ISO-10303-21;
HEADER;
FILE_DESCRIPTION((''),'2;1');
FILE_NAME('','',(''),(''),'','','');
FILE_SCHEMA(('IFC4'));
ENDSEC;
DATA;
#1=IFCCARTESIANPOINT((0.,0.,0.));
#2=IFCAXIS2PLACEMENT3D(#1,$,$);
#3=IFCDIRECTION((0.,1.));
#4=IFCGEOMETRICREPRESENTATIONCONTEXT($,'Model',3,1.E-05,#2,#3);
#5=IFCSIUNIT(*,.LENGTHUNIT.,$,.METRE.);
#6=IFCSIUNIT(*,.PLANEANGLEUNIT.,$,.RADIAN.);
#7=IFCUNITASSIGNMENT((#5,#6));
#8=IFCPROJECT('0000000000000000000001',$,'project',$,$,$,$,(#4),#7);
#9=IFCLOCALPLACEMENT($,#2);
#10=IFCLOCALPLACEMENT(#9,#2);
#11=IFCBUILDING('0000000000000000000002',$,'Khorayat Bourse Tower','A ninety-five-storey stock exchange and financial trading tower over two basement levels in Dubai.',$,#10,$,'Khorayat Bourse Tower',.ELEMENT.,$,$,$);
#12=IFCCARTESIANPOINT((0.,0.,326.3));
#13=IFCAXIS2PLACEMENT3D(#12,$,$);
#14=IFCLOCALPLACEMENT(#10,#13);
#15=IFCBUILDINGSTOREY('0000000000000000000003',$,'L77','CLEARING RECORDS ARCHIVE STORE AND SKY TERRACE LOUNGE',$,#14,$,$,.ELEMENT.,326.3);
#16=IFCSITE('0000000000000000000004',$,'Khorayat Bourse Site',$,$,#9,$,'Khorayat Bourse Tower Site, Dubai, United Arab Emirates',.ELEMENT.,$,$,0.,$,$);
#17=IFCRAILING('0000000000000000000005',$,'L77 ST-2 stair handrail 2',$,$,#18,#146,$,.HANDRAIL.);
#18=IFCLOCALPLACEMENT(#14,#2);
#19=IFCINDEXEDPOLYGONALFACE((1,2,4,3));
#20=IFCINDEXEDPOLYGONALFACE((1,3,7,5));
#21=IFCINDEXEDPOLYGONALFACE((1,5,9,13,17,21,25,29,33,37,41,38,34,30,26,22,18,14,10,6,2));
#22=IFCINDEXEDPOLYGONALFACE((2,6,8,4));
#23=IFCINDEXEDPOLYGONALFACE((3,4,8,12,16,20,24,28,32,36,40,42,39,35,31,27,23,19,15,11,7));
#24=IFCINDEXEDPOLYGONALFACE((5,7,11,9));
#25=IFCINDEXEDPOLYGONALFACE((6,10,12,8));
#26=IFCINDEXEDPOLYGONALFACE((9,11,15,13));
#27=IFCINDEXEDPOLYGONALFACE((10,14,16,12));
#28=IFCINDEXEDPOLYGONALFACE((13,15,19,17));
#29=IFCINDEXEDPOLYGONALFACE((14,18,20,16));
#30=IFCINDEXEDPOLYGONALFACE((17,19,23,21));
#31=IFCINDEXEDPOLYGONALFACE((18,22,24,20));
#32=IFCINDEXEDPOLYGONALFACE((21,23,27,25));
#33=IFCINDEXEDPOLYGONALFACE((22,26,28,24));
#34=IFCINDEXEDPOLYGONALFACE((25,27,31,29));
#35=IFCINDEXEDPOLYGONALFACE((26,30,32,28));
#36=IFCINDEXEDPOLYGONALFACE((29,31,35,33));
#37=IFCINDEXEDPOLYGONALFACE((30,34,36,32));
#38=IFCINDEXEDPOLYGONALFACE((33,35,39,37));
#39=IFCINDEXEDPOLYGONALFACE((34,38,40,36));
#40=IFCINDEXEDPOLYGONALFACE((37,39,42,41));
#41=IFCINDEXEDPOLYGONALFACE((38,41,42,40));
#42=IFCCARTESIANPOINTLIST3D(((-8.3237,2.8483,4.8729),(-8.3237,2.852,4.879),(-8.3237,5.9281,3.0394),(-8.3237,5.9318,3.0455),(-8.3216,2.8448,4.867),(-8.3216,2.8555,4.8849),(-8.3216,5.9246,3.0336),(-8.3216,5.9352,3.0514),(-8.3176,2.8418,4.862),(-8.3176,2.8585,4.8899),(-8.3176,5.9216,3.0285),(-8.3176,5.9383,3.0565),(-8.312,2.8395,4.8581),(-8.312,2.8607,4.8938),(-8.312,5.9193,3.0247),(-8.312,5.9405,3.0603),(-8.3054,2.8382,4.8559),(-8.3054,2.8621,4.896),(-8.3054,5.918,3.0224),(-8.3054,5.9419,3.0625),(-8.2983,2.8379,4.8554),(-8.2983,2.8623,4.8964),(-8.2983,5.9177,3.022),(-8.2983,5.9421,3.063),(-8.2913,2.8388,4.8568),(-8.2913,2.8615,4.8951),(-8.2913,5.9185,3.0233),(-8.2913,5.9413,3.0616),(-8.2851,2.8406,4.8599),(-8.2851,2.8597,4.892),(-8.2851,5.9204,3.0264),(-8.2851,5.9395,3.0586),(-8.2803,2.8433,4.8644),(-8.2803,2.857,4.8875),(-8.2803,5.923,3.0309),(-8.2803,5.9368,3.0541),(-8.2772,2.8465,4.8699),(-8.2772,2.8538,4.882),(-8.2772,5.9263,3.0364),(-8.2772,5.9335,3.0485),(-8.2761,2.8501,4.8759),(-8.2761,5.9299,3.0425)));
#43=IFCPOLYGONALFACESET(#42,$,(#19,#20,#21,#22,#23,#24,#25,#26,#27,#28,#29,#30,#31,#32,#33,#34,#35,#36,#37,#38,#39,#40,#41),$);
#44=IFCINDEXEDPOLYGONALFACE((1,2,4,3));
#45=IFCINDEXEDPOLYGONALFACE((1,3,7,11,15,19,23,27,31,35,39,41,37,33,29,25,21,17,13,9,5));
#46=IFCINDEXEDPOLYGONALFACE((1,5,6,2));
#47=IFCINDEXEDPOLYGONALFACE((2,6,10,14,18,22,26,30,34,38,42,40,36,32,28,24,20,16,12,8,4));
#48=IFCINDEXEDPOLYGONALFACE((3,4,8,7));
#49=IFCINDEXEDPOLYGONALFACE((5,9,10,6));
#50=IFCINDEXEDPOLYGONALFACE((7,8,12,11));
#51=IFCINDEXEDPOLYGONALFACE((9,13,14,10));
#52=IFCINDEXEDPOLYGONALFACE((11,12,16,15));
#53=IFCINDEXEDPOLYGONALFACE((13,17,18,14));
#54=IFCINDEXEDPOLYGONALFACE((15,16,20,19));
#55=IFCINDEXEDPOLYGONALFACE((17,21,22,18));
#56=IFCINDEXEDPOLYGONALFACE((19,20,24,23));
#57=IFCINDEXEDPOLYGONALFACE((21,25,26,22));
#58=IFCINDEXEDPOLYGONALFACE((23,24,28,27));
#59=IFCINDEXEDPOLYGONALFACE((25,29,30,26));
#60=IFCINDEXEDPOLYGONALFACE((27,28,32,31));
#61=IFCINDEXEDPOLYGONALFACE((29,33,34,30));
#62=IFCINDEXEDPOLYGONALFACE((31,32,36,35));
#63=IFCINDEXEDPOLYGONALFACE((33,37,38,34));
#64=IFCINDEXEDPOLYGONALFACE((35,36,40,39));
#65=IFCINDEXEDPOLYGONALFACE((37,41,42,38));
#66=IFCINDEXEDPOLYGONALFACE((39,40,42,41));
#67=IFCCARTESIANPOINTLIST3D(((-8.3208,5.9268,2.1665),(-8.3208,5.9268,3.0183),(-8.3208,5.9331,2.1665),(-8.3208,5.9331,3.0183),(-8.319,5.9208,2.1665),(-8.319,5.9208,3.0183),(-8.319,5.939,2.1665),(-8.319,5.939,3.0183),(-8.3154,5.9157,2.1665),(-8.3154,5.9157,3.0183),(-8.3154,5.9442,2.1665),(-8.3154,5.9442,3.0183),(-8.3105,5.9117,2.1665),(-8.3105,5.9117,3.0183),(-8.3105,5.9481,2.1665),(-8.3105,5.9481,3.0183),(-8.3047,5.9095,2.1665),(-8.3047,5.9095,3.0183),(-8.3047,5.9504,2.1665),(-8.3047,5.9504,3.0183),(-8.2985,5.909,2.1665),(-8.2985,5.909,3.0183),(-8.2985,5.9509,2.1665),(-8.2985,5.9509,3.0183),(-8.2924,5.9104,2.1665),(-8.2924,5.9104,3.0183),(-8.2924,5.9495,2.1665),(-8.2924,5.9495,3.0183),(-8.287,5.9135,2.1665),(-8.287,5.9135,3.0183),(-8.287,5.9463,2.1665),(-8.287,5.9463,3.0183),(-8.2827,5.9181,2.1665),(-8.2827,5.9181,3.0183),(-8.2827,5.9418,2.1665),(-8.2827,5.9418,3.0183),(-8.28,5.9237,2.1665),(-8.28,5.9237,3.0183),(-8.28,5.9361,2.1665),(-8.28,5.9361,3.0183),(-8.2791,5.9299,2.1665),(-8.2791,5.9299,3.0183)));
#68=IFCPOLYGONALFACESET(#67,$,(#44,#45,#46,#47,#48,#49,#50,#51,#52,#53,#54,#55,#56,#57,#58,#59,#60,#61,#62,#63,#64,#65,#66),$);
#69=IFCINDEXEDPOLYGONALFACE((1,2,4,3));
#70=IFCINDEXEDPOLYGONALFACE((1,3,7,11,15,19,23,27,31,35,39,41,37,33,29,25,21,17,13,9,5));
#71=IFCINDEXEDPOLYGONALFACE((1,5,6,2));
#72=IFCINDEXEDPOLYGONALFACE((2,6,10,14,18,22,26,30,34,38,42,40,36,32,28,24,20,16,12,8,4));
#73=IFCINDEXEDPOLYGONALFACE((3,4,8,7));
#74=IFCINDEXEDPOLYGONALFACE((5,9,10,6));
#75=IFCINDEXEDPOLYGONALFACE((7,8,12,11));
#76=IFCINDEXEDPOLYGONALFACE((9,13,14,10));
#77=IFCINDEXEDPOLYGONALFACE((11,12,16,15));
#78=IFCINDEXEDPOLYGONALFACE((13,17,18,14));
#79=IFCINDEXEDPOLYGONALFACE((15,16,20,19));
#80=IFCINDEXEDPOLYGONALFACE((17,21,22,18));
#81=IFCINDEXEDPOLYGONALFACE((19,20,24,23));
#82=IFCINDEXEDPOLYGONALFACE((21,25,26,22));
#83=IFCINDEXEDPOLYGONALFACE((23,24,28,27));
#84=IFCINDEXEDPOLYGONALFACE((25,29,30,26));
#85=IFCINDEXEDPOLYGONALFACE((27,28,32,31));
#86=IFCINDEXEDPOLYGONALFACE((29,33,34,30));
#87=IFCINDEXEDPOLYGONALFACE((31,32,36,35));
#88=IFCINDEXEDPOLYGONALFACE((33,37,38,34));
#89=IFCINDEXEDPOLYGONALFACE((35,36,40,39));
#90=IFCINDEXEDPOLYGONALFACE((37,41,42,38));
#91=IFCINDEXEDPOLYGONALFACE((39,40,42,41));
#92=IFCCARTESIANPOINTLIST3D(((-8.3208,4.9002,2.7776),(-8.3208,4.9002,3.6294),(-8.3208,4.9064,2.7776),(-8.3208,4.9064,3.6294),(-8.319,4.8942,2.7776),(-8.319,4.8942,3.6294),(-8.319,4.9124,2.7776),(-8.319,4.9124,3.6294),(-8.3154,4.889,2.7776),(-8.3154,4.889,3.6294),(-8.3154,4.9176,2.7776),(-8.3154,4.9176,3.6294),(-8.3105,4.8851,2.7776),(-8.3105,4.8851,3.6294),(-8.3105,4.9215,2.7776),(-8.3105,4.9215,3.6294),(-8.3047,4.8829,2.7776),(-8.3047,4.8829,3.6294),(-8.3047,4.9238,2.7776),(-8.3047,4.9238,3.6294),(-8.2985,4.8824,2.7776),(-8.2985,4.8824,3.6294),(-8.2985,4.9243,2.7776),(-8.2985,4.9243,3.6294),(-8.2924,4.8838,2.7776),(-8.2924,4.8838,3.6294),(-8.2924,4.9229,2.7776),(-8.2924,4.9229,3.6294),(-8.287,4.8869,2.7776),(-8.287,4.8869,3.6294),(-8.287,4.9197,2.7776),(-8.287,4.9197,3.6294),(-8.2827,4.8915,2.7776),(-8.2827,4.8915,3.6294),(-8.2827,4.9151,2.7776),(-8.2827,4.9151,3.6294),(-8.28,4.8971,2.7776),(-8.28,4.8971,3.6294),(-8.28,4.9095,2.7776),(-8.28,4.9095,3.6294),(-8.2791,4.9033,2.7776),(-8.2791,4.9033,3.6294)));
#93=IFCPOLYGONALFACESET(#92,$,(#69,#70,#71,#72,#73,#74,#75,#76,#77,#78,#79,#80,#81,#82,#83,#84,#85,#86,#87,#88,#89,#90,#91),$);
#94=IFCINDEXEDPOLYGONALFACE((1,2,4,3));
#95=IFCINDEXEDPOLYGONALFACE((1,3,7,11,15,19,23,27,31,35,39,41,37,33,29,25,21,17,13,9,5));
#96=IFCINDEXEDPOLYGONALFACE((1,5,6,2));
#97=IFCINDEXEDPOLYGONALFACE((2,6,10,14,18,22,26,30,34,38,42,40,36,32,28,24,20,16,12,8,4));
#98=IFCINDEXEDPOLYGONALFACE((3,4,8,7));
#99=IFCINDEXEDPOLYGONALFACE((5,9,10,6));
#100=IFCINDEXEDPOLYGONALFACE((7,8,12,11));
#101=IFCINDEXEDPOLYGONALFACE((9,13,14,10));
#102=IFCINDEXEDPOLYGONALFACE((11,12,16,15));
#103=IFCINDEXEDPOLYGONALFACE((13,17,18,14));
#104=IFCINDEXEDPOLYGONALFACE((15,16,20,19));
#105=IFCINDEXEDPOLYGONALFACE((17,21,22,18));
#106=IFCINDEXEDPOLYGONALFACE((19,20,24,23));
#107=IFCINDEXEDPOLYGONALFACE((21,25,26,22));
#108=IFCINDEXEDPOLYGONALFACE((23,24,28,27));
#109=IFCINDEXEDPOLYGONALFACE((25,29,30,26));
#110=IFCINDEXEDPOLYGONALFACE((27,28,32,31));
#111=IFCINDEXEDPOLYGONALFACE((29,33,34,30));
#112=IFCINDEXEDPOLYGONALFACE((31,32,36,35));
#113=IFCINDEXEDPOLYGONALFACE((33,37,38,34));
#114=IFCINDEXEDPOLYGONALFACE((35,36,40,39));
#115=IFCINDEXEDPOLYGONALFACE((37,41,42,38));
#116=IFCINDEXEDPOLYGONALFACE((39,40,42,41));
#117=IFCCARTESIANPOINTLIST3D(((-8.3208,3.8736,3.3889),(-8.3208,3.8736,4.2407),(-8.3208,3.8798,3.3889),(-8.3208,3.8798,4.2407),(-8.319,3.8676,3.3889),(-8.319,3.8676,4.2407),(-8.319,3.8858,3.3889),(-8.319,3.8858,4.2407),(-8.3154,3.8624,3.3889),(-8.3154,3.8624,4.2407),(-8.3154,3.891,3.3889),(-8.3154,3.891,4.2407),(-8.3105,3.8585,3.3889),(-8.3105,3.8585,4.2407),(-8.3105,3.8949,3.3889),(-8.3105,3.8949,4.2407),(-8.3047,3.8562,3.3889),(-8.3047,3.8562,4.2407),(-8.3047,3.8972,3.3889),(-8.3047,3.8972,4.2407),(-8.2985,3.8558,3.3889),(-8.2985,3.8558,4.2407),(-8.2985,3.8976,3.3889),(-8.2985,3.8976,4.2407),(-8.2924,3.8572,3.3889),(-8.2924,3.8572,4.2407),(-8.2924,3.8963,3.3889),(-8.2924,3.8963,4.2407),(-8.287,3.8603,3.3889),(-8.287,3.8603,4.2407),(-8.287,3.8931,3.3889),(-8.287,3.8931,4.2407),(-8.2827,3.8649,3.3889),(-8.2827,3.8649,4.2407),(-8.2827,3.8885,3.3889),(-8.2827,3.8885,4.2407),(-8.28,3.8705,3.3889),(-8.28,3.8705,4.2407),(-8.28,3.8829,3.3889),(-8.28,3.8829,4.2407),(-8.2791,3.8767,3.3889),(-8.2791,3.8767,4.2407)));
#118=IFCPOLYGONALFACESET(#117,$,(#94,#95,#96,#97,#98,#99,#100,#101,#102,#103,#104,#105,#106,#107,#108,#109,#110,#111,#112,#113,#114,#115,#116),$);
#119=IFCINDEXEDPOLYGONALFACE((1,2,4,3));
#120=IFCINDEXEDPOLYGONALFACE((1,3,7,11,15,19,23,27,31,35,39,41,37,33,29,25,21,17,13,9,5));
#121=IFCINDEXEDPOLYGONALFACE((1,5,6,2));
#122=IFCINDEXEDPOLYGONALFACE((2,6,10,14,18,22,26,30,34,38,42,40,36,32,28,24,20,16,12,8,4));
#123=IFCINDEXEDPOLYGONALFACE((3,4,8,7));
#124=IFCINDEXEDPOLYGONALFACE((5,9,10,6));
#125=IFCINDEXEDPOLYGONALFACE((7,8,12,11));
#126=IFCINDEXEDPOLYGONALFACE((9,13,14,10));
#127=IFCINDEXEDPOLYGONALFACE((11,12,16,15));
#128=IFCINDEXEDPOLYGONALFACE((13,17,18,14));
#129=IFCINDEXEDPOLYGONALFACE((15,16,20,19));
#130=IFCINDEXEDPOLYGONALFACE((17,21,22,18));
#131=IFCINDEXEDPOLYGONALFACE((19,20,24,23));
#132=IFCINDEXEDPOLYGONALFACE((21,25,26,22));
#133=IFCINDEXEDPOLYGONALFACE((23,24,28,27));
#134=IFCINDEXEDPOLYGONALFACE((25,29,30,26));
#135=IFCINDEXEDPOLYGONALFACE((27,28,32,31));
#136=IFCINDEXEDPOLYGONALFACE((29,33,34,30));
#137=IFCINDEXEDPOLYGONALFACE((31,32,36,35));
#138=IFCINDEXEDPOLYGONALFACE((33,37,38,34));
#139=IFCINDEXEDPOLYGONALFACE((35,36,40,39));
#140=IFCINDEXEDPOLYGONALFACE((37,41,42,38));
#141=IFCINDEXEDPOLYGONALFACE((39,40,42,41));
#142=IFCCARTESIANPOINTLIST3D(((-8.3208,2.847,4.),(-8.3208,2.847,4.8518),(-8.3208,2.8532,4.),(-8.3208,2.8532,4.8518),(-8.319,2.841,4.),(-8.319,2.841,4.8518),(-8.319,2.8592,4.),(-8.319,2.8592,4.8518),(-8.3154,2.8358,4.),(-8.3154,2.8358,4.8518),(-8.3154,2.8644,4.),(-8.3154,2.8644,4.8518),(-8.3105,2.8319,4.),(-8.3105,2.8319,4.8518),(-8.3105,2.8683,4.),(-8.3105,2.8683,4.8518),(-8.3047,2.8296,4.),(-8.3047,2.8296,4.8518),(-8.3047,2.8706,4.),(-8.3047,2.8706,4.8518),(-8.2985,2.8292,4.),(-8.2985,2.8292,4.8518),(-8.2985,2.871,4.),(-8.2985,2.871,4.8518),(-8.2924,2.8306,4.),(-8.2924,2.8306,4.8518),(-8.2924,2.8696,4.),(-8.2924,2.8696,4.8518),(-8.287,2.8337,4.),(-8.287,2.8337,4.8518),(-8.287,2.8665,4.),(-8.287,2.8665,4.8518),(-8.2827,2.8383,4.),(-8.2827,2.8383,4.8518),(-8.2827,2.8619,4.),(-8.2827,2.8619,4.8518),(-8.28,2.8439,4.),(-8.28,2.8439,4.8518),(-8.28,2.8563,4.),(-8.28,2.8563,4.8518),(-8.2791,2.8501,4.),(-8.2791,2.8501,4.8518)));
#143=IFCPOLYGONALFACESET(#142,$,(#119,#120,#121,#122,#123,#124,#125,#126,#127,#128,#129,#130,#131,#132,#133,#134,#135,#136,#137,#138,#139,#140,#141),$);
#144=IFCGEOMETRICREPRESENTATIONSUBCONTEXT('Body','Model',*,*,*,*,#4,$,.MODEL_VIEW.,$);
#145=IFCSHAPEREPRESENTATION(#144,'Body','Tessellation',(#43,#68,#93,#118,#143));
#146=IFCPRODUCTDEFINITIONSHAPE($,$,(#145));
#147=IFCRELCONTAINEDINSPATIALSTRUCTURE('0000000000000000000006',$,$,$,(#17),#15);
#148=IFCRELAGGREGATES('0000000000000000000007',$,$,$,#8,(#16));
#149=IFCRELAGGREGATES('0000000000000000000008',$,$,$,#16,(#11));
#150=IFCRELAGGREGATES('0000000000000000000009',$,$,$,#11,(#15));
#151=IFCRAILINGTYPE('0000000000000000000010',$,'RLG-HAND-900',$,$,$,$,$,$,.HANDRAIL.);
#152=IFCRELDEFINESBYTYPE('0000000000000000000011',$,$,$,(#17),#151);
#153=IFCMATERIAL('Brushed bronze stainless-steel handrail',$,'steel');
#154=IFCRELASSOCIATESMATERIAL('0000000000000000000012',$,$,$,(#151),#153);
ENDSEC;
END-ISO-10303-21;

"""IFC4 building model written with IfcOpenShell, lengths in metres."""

from ifc_helpers import new_model, si_unit, direction, frame, origin, origin_2d, place, context, subcontext, project, spatial, circle, extrude, source, transform, mapped, material, type_object, element, save


model = new_model("IFC4")

# Units and contexts
model_context = context("Model", 3, precision=1e-05, world=origin(), true_north=direction((0.0, 1.0)))
body_context = subcontext(model_context, "Body", "Model", "MODEL_VIEW")
ifc_project = project(units=[si_unit("LENGTHUNIT", "METRE"), si_unit("PLANEANGLEUNIT", "RADIAN")], contexts=[model_context])

# Site, building, storey
site_placement = place(None, origin())
site = spatial("IfcSite", under=ifc_project, at=site_placement, Name="Khorayat Bourse Site", LongName="Khorayat Bourse Tower Site, Dubai, United Arab Emirates", CompositionType="ELEMENT", RefElevation=0.0)
building_placement = place(site_placement, origin())
building = spatial("IfcBuilding", under=site, at=building_placement, Name="Khorayat Bourse Tower", Description="A ninety-five-storey stock exchange and financial trading tower over two basement levels in Dubai.", LongName="Khorayat Bourse Tower", CompositionType="ELEMENT")
storey_placement = place(building_placement, frame((0.0, 0.0, 326.3)))
storey = spatial("IfcBuildingStorey", under=building, at=storey_placement, Name="L77", Description="CLEARING RECORDS ARCHIVE STORE AND SKY TERRACE LOUNGE", CompositionType="ELEMENT", Elevation=326.3)

# Railing
ifc_material_1 = material(Name="Brushed bronze stainless-steel handrail", Category="steel")
railing_type_1 = type_object("IfcRailingType", Name="RLG-HAND-900", PredefinedType="HANDRAIL", material=ifc_material_1)
shared_shape_1 = source(origin(), body_context, "Body", "SweptSolid", [
    extrude(circle(Radius=0.0239, at=origin_2d()), frame((0.0, 0.0, 0.876), z_axis=(0.0, -0.859261, 0.511538), x_axis=(1.0, 0.0, 0.0)), (0.0, 0.0, 1.0), 3.5842),
    extrude(circle(Radius=0.021, at=origin_2d()), origin(), (0.0, 0.0, 1.0), 0.8518),
    extrude(circle(Radius=0.021, at=origin_2d()), frame((0.0, -1.0266, 0.6111)), (0.0, 0.0, 1.0), 0.8518),
    extrude(circle(Radius=0.021, at=origin_2d()), frame((0.0, -2.0532, 1.2224)), (0.0, 0.0, 1.0), 0.8518),
    extrude(circle(Radius=0.021, at=origin_2d()), frame((0.0, -3.0798, 1.8335)), (0.0, 0.0, 1.0), 0.8518),
])
railing_1_placement = place(storey_placement, frame((-8.3, 5.9299, 2.1665)))
element("IfcRailing", 1, at=railing_1_placement, inside=storey, type_object=railing_type_1, Name="L77 ST-2 stair handrail 2", PredefinedType="HANDRAIL", context=body_context, shape_type="MappedRepresentation", body=[
    mapped(shared_shape_1, transform((0.0, 0.0, 0.0), scale=1.0)),
])

save(model, "model.ifc")
